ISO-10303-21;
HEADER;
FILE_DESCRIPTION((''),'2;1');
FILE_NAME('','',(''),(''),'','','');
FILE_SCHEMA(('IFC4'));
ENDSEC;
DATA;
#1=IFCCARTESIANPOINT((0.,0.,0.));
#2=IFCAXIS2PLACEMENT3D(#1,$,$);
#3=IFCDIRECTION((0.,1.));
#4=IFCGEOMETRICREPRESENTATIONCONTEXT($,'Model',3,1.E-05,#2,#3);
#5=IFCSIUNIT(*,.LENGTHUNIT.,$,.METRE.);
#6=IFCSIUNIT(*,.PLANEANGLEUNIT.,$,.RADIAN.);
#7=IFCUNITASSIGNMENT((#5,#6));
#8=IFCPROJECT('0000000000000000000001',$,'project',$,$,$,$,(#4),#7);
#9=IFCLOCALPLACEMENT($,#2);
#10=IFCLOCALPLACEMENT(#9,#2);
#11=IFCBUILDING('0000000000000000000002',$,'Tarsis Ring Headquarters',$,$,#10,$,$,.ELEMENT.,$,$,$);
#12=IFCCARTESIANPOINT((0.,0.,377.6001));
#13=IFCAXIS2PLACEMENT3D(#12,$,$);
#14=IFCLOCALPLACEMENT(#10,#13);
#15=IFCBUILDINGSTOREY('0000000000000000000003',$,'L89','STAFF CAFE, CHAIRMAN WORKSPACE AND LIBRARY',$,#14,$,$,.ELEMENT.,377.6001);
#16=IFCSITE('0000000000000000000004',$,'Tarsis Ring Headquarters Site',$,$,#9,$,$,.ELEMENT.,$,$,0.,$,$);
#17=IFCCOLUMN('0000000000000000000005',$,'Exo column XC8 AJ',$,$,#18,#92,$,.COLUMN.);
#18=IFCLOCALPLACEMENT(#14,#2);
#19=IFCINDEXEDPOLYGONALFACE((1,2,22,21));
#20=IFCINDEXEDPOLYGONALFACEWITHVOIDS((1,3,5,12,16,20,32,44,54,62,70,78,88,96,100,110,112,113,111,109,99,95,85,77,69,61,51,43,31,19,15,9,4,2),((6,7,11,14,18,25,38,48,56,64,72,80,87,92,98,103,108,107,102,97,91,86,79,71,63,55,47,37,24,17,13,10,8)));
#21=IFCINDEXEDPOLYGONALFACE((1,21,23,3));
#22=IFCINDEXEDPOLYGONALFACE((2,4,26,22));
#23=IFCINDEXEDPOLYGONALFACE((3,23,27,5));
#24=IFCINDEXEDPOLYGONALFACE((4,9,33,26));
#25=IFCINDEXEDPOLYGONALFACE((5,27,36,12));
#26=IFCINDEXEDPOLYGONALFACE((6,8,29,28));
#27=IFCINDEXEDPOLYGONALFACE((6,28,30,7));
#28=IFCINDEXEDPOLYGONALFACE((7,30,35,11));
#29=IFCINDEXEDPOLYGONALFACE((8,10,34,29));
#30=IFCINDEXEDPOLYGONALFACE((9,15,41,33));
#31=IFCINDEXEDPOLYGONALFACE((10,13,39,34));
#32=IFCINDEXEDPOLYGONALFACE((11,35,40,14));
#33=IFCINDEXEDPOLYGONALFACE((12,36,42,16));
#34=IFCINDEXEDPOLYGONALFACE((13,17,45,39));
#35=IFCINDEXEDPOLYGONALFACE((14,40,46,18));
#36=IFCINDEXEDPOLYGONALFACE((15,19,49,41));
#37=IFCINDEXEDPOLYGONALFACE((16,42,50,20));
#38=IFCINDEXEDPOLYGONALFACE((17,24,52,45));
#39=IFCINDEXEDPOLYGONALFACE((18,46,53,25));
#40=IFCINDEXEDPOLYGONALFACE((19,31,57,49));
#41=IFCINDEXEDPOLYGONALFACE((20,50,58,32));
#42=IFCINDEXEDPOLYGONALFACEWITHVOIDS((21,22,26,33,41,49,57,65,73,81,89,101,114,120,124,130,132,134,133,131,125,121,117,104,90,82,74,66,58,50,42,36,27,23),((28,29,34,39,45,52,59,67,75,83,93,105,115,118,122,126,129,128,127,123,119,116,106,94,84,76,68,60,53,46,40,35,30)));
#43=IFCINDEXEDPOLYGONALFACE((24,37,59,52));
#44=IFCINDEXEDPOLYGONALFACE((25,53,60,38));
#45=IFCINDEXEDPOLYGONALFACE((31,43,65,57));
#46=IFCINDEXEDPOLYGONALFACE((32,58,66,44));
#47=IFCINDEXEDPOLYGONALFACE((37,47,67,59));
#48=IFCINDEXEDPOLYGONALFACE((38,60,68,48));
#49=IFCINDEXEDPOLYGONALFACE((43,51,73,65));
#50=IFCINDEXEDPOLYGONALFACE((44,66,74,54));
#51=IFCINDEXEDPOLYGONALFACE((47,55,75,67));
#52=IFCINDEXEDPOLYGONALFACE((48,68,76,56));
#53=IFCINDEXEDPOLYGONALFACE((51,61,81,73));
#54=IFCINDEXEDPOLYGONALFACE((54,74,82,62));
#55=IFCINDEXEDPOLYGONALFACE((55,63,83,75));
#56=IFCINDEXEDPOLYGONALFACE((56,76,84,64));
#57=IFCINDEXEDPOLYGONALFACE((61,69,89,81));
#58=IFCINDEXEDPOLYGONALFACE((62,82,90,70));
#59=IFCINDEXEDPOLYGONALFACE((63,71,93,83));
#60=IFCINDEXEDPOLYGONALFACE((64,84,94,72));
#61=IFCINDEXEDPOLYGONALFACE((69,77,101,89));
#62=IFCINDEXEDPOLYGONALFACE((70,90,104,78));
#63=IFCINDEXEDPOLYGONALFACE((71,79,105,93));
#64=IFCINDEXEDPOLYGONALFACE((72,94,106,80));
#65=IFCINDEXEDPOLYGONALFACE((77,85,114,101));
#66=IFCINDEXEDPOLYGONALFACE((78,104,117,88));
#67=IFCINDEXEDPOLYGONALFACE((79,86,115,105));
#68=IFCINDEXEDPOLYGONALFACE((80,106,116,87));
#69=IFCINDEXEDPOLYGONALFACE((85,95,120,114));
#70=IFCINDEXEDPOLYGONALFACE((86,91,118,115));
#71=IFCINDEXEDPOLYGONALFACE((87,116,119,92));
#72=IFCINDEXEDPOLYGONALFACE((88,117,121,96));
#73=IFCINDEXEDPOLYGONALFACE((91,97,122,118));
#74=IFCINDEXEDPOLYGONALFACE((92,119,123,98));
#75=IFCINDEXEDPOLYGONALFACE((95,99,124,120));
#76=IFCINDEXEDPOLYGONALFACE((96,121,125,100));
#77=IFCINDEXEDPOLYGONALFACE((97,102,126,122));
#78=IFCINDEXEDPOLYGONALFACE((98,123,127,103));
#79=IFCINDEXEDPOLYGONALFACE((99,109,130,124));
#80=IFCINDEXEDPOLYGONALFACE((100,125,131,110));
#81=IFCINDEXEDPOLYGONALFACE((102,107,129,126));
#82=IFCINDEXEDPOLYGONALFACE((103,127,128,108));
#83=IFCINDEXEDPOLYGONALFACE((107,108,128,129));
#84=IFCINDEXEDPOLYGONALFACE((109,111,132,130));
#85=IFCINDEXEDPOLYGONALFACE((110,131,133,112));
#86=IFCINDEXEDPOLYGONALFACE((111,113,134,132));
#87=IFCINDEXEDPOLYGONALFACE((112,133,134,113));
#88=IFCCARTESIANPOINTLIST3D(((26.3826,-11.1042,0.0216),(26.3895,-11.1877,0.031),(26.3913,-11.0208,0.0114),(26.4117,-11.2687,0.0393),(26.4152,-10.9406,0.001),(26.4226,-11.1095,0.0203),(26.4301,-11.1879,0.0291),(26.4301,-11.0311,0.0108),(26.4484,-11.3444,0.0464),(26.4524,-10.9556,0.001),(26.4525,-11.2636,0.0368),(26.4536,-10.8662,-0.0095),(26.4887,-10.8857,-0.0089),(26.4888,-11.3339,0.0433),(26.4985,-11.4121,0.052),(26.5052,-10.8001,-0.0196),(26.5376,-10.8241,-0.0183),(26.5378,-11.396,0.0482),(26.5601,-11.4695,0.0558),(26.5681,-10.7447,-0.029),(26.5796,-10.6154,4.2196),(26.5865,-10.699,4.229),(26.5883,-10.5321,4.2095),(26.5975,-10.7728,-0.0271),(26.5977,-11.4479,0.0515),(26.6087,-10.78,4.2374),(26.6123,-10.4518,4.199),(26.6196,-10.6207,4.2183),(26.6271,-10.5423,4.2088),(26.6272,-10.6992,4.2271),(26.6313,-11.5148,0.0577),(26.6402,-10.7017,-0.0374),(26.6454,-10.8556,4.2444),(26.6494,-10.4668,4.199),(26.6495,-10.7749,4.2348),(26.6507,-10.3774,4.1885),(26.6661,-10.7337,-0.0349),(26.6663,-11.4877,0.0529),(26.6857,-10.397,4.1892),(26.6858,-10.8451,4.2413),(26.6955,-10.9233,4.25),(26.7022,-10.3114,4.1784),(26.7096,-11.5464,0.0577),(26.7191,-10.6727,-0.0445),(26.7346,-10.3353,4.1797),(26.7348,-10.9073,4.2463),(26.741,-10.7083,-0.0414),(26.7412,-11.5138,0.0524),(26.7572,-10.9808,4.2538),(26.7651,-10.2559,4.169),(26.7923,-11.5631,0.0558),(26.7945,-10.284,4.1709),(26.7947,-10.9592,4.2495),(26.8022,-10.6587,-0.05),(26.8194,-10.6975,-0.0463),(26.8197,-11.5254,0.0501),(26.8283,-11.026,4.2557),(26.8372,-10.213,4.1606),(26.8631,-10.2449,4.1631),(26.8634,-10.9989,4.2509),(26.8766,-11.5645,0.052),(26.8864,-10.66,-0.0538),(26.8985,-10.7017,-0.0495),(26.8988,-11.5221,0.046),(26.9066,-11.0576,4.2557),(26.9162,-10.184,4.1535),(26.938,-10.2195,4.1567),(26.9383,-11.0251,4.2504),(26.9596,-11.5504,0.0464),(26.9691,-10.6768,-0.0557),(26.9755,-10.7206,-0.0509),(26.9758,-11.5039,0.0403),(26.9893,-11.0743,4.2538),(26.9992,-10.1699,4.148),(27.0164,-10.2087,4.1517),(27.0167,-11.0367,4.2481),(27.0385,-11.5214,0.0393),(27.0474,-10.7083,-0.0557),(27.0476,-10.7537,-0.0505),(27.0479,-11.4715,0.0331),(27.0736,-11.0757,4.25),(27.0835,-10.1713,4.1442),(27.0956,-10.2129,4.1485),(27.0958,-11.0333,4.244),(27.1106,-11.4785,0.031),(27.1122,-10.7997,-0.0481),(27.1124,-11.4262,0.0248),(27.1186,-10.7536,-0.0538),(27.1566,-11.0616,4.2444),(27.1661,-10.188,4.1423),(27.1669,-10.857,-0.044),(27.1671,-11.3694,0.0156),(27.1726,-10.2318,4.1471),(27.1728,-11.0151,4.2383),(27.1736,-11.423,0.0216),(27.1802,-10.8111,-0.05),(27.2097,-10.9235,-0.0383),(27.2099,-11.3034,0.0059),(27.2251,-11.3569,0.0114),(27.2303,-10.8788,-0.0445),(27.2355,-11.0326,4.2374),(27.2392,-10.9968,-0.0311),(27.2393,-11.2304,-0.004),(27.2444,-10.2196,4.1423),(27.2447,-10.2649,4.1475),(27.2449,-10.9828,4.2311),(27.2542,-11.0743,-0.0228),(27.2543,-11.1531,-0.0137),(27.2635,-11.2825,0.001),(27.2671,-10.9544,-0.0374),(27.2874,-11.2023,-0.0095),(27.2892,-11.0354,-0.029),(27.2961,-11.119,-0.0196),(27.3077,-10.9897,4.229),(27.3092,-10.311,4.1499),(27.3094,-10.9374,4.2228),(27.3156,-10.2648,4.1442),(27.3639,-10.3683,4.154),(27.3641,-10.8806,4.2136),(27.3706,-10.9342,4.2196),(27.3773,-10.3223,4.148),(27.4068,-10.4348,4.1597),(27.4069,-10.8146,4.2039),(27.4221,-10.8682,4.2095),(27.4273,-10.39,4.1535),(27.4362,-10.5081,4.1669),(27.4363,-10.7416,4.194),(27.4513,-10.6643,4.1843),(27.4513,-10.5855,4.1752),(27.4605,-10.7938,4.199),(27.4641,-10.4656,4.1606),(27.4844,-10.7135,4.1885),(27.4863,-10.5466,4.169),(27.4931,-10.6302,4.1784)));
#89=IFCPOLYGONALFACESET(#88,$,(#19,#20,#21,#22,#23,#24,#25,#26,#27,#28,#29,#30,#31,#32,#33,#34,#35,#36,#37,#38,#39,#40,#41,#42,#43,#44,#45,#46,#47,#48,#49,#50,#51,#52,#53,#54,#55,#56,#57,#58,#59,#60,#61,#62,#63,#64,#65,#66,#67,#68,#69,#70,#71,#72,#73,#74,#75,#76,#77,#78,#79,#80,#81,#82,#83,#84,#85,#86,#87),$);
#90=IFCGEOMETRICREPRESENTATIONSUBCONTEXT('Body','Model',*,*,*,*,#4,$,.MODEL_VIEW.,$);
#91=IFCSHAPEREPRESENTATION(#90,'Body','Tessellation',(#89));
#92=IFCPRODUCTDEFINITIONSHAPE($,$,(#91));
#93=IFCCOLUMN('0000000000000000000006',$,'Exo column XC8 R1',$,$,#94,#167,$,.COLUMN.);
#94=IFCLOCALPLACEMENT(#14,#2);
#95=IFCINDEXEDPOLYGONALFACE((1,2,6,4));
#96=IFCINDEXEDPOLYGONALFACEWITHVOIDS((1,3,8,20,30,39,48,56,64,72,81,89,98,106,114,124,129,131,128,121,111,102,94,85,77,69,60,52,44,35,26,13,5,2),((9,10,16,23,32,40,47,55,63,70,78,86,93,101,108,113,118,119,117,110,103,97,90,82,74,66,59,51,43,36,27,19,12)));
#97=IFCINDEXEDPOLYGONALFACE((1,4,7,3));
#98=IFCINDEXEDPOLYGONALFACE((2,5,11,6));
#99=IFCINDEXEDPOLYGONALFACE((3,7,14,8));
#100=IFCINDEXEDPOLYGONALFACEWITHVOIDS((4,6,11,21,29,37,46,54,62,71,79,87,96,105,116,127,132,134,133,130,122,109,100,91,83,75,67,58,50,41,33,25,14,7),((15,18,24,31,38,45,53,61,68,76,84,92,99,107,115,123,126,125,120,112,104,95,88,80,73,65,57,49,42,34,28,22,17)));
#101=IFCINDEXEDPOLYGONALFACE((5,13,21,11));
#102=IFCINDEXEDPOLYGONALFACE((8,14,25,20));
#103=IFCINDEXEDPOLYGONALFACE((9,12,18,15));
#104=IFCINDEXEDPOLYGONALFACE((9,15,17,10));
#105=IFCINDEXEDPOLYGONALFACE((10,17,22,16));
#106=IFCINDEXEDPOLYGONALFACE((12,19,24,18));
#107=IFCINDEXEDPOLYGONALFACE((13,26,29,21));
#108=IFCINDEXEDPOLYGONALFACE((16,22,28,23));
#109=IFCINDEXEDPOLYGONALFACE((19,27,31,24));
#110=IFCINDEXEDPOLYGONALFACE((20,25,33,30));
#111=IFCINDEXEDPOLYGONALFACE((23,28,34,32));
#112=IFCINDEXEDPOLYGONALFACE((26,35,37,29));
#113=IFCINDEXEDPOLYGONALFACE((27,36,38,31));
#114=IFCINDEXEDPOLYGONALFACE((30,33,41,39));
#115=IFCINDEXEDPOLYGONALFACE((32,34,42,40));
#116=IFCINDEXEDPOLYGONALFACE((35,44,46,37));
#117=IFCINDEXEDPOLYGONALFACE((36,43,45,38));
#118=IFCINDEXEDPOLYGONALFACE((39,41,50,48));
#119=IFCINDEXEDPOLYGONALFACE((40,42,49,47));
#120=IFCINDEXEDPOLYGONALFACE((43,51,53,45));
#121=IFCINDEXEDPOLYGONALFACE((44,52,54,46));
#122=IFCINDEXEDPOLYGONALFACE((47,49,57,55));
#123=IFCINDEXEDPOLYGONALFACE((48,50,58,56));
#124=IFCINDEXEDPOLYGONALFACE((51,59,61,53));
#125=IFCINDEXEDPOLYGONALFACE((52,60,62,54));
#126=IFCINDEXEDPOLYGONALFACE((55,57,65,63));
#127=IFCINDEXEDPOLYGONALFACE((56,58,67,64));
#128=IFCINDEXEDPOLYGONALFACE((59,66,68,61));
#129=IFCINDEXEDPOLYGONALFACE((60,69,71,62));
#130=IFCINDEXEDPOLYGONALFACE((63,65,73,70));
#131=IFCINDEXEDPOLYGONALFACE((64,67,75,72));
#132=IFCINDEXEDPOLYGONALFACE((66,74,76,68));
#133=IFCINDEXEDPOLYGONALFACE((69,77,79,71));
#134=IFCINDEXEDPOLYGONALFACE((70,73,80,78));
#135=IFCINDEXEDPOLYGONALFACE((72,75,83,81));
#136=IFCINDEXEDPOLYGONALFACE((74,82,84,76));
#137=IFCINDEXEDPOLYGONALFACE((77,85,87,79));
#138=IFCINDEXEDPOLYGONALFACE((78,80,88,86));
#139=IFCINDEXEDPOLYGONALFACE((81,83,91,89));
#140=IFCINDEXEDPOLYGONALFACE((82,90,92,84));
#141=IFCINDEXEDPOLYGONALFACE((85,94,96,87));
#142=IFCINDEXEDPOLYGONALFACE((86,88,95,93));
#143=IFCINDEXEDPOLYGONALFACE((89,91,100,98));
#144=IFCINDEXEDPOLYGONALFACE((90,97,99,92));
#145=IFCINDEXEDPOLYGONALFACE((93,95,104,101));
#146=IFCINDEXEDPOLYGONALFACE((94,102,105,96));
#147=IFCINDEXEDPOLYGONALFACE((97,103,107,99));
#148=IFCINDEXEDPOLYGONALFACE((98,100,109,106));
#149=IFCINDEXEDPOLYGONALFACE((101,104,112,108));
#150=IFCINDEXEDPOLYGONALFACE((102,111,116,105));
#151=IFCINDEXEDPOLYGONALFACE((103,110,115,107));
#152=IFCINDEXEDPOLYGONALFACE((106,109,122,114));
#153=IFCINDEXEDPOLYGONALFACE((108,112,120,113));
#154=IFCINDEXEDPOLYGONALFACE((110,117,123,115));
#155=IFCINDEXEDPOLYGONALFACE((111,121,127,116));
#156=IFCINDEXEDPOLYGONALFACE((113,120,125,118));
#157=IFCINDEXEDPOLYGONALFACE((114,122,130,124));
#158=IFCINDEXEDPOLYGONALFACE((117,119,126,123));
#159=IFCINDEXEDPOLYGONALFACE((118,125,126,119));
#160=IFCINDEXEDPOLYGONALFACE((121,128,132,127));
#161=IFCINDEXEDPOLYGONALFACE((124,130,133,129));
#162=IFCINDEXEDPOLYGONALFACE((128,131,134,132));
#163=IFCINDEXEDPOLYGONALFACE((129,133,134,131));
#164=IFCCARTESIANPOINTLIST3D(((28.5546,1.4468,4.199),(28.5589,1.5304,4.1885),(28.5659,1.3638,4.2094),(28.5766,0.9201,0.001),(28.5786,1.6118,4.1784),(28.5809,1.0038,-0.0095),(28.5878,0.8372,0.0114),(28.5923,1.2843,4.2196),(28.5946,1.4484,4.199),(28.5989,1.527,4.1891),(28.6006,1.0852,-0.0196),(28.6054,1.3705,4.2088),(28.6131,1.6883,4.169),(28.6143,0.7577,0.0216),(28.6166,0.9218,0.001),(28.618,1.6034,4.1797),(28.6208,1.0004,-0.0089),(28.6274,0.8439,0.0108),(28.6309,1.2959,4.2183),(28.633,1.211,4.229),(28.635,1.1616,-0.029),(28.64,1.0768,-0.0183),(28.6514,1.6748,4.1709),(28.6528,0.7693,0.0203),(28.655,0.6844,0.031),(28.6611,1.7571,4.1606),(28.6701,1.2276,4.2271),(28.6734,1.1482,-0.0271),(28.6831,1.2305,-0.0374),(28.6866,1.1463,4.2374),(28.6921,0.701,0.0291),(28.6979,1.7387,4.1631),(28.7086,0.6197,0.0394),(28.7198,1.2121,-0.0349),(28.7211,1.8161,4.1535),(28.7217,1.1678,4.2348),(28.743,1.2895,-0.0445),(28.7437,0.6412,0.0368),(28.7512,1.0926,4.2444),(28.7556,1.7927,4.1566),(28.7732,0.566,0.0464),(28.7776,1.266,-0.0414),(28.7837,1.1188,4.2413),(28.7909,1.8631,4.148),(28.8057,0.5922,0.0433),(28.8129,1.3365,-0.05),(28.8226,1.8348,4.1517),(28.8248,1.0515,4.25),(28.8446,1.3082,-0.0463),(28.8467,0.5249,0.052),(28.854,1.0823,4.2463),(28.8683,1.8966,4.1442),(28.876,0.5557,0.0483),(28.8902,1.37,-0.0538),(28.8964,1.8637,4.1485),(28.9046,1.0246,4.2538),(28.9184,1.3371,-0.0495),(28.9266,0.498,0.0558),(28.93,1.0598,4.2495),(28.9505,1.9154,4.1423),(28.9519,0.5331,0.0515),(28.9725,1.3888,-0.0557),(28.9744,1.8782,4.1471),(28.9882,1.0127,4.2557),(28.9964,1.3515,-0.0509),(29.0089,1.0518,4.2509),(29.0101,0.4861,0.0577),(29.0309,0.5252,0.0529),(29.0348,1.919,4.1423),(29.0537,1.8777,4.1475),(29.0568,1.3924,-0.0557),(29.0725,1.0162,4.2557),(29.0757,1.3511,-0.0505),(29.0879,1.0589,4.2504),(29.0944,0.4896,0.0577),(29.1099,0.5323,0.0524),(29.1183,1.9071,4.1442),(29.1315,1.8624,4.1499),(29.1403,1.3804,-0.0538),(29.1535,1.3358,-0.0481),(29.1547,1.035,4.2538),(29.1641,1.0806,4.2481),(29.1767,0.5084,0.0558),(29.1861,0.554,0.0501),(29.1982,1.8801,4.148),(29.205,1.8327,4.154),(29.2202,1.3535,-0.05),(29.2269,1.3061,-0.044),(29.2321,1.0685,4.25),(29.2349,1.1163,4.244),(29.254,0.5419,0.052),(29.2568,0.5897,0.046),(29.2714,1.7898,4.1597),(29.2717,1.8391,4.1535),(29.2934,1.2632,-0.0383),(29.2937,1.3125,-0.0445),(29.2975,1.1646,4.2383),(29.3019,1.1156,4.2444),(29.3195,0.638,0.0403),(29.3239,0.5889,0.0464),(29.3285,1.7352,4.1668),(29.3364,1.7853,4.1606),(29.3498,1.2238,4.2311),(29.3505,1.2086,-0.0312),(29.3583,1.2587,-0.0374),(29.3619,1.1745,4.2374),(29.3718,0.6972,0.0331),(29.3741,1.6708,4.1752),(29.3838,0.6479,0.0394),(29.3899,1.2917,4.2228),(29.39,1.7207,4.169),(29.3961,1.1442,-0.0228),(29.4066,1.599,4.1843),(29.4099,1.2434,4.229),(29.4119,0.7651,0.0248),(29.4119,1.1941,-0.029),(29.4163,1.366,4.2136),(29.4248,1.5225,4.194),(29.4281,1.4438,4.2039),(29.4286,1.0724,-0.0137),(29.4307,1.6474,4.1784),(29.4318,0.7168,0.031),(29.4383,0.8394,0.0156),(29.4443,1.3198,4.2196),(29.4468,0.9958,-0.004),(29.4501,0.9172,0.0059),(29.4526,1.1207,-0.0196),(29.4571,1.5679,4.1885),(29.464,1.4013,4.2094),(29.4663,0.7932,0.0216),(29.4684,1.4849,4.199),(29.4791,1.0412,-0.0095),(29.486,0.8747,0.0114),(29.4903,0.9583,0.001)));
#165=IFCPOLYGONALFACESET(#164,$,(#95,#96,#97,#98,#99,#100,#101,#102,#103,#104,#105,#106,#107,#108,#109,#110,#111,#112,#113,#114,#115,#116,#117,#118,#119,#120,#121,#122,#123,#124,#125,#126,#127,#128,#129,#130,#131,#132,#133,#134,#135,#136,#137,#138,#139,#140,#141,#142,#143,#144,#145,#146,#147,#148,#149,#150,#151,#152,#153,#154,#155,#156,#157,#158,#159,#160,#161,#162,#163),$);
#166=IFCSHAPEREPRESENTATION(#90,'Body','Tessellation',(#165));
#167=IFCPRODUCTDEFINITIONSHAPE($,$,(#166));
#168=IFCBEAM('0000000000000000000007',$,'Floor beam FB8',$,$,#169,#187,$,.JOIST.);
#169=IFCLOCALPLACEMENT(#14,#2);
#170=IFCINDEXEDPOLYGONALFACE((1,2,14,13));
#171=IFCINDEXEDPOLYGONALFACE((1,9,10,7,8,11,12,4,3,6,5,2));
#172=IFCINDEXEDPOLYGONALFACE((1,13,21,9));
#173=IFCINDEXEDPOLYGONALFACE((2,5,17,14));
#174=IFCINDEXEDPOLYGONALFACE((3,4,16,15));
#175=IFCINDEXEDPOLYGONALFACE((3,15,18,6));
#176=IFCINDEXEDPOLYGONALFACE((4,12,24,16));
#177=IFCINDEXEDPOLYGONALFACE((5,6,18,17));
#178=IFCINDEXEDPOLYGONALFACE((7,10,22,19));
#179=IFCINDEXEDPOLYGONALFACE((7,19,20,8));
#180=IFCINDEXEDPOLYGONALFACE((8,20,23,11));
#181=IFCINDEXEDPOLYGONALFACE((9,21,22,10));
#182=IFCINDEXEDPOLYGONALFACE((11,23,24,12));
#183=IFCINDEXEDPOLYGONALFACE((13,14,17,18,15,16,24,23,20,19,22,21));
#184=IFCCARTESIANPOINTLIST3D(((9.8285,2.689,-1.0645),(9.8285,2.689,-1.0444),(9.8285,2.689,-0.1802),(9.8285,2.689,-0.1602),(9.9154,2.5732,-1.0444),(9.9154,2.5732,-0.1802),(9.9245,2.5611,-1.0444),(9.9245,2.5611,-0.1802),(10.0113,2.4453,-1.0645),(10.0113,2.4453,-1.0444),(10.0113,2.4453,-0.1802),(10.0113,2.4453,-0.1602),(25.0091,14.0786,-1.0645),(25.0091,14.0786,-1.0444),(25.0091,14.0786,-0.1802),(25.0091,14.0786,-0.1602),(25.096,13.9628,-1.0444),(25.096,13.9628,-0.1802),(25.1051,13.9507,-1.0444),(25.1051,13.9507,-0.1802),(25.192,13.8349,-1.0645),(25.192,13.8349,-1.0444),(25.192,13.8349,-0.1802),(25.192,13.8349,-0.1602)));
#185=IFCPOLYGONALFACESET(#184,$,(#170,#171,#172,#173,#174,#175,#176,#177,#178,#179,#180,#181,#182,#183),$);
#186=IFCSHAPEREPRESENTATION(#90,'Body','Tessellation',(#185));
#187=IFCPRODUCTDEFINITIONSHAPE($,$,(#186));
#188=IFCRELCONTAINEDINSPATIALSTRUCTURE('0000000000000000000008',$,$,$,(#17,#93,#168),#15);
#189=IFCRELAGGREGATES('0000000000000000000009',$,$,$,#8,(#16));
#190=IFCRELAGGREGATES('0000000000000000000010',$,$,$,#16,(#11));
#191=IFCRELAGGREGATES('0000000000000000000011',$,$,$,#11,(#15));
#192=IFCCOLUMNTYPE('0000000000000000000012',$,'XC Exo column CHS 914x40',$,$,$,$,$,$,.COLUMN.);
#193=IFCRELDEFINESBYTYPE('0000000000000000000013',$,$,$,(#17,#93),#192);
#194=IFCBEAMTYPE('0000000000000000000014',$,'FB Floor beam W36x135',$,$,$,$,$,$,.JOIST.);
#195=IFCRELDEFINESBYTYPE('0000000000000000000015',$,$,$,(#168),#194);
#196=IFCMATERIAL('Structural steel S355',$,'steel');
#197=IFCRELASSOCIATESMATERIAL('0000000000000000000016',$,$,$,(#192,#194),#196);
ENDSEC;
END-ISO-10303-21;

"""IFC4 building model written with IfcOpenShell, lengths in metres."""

from ifc_helpers import new_model, si_unit, direction, frame, origin, origin_2d, place, context, subcontext, project, spatial, hollow_circle, i_section, extrude, material, material_profile, profile_set, type_object, element, save


model = new_model("IFC4")

# Units and contexts
model_context = context("Model", 3, precision=1e-05, world=origin(), true_north=direction((0.0, 1.0)))
body_context = subcontext(model_context, "Body", "Model", "MODEL_VIEW")
ifc_project = project(units=[si_unit("LENGTHUNIT", "METRE"), si_unit("PLANEANGLEUNIT", "RADIAN")], contexts=[model_context])

# Site, building, storey
site_placement = place(None, origin())
site = spatial("IfcSite", under=ifc_project, at=site_placement, Name="Tarsis Ring Headquarters Site", CompositionType="ELEMENT", RefElevation=0.0)
building_placement = place(site_placement, origin())
building = spatial("IfcBuilding", under=site, at=building_placement, Name="Tarsis Ring Headquarters", CompositionType="ELEMENT")
storey_placement = place(building_placement, frame((0.0, 0.0, 377.6001)))
storey = spatial("IfcBuildingStorey", under=building, at=storey_placement, Name="L89", Description="STAFF CAFE, CHAIRMAN WORKSPACE AND LIBRARY", CompositionType="ELEMENT", Elevation=377.6001)

# Columns
ifc_material_1 = material(Name="Structural steel S355", Category="steel")
ifc_material_profile_1 = material_profile(ifc_material_1, hollow_circle(Radius=0.457, WallThickness=0.04, at=origin_2d()), Name="CHS 914x40")
ifc_profile_set_1 = profile_set([ifc_material_profile_1], Name="Structural steel S355")
column_type = type_object("IfcColumnType", Name="XC Exo column CHS 914x40", PredefinedType="COLUMN", material=ifc_profile_set_1)
for number, where, z_axis, x_axis, name in (
    (1, (26.8394, -11.1116, 0.001), (0.046567, 0.115523, 0.992213), (-0.927483, 0.373865, 0.0), "Exo column XC8 AJ"),
    (2, (29.0334, 0.9392, 0.001), (-0.005193, 0.124466, 0.99221), (-0.999131, -0.041688, 0.0), "Exo column XC8 R1"),
):
    element("IfcColumn", number, at=place(storey_placement, frame(where, z_axis=z_axis, x_axis=x_axis)), inside=storey, type_object=column_type, Name=name, PredefinedType="COLUMN", context=body_context, shape_type="SweptSolid", body=[
        extrude(hollow_circle(Radius=0.4573, WallThickness=0.04, at=origin_2d()), origin(), (0.0, 0.0, 1.0), 4.231),
    ])

# Beam
ifc_material_profile_2 = material_profile(ifc_material_1, i_section(OverallWidth=0.3047, OverallDepth=0.9043, WebThickness=0.0151, FlangeThickness=0.02, at=origin_2d()), Name="W36x135")
ifc_profile_set_2 = profile_set([ifc_material_profile_2], Name="Structural steel S355")
beam_type_1 = type_object("IfcBeamType", Name="FB Floor beam W36x135", PredefinedType="JOIST", material=ifc_profile_set_2)
beam_1_placement = place(storey_placement, frame((9.9199, 2.5671, -0.6123), z_axis=(0.799895, 0.60014, 0.0), x_axis=(-0.60014, 0.799895, 0.0)))
element("IfcBeam", 3, at=beam_1_placement, inside=storey, type_object=beam_type_1, Name="Floor beam FB8", PredefinedType="JOIST", context=body_context, shape_type="SweptSolid", body=[
    extrude(i_section(OverallWidth=0.3047, OverallDepth=0.9043, WebThickness=0.0151, FlangeThickness=0.02, at=origin_2d()), origin(), (0.0, 0.0, 1.0), 18.9783),
])

save(model, "model.ifc")
